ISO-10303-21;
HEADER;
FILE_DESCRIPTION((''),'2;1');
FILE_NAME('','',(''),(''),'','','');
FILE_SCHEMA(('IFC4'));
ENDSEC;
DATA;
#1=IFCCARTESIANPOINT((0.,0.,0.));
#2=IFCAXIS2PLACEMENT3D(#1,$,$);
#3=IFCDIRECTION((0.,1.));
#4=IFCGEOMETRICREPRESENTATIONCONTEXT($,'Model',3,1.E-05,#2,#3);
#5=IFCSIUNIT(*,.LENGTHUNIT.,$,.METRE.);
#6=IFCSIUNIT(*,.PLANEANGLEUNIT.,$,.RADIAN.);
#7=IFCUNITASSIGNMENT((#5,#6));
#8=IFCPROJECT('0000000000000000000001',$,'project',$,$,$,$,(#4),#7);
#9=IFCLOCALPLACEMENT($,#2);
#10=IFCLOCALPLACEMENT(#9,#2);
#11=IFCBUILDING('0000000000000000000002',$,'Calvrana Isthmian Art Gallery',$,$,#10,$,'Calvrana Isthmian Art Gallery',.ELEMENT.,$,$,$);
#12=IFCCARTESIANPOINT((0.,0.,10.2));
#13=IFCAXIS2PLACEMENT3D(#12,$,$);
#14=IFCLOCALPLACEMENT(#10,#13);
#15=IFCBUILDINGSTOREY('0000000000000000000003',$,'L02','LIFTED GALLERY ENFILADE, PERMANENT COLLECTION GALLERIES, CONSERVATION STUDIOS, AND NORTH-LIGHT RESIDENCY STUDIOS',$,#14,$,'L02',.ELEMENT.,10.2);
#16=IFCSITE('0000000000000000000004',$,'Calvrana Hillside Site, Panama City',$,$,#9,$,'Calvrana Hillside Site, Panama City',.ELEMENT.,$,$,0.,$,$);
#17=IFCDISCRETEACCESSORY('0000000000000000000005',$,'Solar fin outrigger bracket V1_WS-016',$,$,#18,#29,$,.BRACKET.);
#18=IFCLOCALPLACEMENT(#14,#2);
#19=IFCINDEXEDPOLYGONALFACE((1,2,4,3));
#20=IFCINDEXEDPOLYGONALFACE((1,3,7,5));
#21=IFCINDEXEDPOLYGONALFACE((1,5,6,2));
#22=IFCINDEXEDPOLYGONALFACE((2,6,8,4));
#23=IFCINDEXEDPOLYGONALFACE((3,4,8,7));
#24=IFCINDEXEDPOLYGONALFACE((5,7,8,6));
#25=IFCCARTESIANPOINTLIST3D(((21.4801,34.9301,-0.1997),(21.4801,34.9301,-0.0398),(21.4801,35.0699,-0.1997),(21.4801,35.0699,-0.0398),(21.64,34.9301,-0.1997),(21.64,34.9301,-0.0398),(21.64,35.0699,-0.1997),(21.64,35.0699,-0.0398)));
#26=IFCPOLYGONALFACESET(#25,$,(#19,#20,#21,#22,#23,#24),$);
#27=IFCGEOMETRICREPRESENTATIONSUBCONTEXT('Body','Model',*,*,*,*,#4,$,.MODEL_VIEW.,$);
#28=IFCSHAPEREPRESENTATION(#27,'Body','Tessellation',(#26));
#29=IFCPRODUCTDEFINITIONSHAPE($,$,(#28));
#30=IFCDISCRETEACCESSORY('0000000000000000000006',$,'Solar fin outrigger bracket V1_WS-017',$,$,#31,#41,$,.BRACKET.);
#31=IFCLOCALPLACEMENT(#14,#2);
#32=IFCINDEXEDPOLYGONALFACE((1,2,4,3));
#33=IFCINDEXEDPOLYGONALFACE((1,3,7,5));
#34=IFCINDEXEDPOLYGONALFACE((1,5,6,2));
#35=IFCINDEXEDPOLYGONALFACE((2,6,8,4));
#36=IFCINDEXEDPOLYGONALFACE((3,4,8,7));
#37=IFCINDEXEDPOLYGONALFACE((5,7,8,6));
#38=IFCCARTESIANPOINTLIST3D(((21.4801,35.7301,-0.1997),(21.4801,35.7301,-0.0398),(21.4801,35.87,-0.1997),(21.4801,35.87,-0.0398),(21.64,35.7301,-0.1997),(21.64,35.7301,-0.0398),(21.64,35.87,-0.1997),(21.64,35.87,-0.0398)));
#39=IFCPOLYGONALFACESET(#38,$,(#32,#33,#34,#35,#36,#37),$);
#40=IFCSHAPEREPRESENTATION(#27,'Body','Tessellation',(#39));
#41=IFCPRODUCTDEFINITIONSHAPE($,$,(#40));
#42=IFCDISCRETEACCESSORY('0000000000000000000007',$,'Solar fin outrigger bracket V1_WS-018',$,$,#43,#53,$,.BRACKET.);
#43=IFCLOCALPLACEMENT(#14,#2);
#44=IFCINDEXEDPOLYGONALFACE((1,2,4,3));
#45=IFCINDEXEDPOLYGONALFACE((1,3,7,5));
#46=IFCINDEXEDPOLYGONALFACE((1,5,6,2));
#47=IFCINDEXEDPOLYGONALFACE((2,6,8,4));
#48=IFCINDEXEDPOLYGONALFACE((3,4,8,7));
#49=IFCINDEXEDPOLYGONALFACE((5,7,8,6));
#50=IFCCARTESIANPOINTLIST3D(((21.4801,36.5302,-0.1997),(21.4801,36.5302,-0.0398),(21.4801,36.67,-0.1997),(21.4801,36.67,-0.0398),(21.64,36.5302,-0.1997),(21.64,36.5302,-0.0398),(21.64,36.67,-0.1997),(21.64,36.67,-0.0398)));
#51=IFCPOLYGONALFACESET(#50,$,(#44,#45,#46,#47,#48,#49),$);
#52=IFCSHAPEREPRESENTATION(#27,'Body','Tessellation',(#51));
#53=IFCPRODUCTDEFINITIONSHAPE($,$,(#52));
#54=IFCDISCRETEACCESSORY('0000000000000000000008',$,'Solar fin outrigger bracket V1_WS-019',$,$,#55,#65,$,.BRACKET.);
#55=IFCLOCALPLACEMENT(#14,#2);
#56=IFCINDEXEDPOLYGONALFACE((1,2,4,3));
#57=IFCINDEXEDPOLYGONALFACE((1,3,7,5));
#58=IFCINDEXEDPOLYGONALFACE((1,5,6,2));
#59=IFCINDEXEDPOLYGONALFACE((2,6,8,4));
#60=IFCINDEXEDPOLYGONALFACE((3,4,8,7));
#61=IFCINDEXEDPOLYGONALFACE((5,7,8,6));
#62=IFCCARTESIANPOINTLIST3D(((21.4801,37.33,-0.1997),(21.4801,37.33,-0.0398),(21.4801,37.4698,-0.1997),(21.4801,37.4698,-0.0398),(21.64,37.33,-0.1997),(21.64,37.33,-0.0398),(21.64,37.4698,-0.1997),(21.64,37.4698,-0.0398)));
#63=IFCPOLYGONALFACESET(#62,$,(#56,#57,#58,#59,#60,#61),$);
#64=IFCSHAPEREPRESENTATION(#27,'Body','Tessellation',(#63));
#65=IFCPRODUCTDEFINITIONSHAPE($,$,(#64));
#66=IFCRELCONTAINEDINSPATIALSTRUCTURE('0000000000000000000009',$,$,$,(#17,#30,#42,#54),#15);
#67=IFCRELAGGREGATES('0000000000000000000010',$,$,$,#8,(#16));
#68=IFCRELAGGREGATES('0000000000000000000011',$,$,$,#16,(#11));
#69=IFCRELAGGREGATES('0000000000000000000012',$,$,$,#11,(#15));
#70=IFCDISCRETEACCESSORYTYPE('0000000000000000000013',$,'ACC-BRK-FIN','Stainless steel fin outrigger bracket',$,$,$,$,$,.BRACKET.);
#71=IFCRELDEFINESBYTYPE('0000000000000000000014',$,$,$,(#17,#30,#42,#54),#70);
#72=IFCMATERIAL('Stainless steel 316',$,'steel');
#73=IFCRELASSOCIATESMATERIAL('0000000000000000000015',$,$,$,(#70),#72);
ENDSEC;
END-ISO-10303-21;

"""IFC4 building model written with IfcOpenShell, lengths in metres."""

from ifc_helpers import new_model, si_unit, direction, frame, origin, origin_2d, place, context, subcontext, project, spatial, rectangle, extrude, material, type_object, element, save


model = new_model("IFC4")

# Units and contexts
model_context = context("Model", 3, precision=1e-05, world=origin(), true_north=direction((0.0, 1.0)))
body_context = subcontext(model_context, "Body", "Model", "MODEL_VIEW")
ifc_project = project(units=[si_unit("LENGTHUNIT", "METRE"), si_unit("PLANEANGLEUNIT", "RADIAN")], contexts=[model_context])

# Site, building, storey
site_placement = place(None, origin())
site = spatial("IfcSite", under=ifc_project, at=site_placement, Name="Calvrana Hillside Site, Panama City", LongName="Calvrana Hillside Site, Panama City", CompositionType="ELEMENT", RefElevation=0.0)
building_placement = place(site_placement, origin())
building = spatial("IfcBuilding", under=site, at=building_placement, Name="Calvrana Isthmian Art Gallery", LongName="Calvrana Isthmian Art Gallery", CompositionType="ELEMENT")
storey_placement = place(building_placement, frame((0.0, 0.0, 10.2)))
storey = spatial("IfcBuildingStorey", under=building, at=storey_placement, Name="L02", Description="LIFTED GALLERY ENFILADE, PERMANENT COLLECTION GALLERIES, CONSERVATION STUDIOS, AND NORTH-LIGHT RESIDENCY STUDIOS", LongName="L02", CompositionType="ELEMENT", Elevation=10.2)

# Discrete accessories
ifc_material_1 = material(Name="Stainless steel 316", Category="steel")
discrete_accessory_type = type_object("IfcDiscreteAccessoryType", Name="ACC-BRK-FIN", Description="Stainless steel fin outrigger bracket", PredefinedType="BRACKET", material=ifc_material_1)
for number, where, z_axis, x_axis, name in (
    (1, (21.5601, 35.0, -0.1997), (0.0, 0.0, 1.0), (1.0, 0.0, 0.0), "Solar fin outrigger bracket V1_WS-016"),
    (2, (21.5601, 35.8, -0.1997), (0.0, 0.0, 1.0), (1.0, 0.0, 0.0), "Solar fin outrigger bracket V1_WS-017"),
    (3, (21.5601, 36.6001, -0.1997), (0.0, 0.0, 1.0), (1.0, 0.0, 0.0), "Solar fin outrigger bracket V1_WS-018"),
    (4, (21.5601, 37.3999, -0.1997), (0.0, 0.0, 1.0), (1.0, 0.0, 0.0), "Solar fin outrigger bracket V1_WS-019"),
):
    element("IfcDiscreteAccessory", number, at=place(storey_placement, frame(where, z_axis=z_axis, x_axis=x_axis)), inside=storey, type_object=discrete_accessory_type, Name=name, PredefinedType="BRACKET", context=body_context, shape_type="SweptSolid", body=[
        extrude(rectangle(XDim=0.1599, YDim=0.1399, at=origin_2d()), origin(), (0.0, 0.0, 1.0), 0.1599),
    ])

save(model, "model.ifc")
